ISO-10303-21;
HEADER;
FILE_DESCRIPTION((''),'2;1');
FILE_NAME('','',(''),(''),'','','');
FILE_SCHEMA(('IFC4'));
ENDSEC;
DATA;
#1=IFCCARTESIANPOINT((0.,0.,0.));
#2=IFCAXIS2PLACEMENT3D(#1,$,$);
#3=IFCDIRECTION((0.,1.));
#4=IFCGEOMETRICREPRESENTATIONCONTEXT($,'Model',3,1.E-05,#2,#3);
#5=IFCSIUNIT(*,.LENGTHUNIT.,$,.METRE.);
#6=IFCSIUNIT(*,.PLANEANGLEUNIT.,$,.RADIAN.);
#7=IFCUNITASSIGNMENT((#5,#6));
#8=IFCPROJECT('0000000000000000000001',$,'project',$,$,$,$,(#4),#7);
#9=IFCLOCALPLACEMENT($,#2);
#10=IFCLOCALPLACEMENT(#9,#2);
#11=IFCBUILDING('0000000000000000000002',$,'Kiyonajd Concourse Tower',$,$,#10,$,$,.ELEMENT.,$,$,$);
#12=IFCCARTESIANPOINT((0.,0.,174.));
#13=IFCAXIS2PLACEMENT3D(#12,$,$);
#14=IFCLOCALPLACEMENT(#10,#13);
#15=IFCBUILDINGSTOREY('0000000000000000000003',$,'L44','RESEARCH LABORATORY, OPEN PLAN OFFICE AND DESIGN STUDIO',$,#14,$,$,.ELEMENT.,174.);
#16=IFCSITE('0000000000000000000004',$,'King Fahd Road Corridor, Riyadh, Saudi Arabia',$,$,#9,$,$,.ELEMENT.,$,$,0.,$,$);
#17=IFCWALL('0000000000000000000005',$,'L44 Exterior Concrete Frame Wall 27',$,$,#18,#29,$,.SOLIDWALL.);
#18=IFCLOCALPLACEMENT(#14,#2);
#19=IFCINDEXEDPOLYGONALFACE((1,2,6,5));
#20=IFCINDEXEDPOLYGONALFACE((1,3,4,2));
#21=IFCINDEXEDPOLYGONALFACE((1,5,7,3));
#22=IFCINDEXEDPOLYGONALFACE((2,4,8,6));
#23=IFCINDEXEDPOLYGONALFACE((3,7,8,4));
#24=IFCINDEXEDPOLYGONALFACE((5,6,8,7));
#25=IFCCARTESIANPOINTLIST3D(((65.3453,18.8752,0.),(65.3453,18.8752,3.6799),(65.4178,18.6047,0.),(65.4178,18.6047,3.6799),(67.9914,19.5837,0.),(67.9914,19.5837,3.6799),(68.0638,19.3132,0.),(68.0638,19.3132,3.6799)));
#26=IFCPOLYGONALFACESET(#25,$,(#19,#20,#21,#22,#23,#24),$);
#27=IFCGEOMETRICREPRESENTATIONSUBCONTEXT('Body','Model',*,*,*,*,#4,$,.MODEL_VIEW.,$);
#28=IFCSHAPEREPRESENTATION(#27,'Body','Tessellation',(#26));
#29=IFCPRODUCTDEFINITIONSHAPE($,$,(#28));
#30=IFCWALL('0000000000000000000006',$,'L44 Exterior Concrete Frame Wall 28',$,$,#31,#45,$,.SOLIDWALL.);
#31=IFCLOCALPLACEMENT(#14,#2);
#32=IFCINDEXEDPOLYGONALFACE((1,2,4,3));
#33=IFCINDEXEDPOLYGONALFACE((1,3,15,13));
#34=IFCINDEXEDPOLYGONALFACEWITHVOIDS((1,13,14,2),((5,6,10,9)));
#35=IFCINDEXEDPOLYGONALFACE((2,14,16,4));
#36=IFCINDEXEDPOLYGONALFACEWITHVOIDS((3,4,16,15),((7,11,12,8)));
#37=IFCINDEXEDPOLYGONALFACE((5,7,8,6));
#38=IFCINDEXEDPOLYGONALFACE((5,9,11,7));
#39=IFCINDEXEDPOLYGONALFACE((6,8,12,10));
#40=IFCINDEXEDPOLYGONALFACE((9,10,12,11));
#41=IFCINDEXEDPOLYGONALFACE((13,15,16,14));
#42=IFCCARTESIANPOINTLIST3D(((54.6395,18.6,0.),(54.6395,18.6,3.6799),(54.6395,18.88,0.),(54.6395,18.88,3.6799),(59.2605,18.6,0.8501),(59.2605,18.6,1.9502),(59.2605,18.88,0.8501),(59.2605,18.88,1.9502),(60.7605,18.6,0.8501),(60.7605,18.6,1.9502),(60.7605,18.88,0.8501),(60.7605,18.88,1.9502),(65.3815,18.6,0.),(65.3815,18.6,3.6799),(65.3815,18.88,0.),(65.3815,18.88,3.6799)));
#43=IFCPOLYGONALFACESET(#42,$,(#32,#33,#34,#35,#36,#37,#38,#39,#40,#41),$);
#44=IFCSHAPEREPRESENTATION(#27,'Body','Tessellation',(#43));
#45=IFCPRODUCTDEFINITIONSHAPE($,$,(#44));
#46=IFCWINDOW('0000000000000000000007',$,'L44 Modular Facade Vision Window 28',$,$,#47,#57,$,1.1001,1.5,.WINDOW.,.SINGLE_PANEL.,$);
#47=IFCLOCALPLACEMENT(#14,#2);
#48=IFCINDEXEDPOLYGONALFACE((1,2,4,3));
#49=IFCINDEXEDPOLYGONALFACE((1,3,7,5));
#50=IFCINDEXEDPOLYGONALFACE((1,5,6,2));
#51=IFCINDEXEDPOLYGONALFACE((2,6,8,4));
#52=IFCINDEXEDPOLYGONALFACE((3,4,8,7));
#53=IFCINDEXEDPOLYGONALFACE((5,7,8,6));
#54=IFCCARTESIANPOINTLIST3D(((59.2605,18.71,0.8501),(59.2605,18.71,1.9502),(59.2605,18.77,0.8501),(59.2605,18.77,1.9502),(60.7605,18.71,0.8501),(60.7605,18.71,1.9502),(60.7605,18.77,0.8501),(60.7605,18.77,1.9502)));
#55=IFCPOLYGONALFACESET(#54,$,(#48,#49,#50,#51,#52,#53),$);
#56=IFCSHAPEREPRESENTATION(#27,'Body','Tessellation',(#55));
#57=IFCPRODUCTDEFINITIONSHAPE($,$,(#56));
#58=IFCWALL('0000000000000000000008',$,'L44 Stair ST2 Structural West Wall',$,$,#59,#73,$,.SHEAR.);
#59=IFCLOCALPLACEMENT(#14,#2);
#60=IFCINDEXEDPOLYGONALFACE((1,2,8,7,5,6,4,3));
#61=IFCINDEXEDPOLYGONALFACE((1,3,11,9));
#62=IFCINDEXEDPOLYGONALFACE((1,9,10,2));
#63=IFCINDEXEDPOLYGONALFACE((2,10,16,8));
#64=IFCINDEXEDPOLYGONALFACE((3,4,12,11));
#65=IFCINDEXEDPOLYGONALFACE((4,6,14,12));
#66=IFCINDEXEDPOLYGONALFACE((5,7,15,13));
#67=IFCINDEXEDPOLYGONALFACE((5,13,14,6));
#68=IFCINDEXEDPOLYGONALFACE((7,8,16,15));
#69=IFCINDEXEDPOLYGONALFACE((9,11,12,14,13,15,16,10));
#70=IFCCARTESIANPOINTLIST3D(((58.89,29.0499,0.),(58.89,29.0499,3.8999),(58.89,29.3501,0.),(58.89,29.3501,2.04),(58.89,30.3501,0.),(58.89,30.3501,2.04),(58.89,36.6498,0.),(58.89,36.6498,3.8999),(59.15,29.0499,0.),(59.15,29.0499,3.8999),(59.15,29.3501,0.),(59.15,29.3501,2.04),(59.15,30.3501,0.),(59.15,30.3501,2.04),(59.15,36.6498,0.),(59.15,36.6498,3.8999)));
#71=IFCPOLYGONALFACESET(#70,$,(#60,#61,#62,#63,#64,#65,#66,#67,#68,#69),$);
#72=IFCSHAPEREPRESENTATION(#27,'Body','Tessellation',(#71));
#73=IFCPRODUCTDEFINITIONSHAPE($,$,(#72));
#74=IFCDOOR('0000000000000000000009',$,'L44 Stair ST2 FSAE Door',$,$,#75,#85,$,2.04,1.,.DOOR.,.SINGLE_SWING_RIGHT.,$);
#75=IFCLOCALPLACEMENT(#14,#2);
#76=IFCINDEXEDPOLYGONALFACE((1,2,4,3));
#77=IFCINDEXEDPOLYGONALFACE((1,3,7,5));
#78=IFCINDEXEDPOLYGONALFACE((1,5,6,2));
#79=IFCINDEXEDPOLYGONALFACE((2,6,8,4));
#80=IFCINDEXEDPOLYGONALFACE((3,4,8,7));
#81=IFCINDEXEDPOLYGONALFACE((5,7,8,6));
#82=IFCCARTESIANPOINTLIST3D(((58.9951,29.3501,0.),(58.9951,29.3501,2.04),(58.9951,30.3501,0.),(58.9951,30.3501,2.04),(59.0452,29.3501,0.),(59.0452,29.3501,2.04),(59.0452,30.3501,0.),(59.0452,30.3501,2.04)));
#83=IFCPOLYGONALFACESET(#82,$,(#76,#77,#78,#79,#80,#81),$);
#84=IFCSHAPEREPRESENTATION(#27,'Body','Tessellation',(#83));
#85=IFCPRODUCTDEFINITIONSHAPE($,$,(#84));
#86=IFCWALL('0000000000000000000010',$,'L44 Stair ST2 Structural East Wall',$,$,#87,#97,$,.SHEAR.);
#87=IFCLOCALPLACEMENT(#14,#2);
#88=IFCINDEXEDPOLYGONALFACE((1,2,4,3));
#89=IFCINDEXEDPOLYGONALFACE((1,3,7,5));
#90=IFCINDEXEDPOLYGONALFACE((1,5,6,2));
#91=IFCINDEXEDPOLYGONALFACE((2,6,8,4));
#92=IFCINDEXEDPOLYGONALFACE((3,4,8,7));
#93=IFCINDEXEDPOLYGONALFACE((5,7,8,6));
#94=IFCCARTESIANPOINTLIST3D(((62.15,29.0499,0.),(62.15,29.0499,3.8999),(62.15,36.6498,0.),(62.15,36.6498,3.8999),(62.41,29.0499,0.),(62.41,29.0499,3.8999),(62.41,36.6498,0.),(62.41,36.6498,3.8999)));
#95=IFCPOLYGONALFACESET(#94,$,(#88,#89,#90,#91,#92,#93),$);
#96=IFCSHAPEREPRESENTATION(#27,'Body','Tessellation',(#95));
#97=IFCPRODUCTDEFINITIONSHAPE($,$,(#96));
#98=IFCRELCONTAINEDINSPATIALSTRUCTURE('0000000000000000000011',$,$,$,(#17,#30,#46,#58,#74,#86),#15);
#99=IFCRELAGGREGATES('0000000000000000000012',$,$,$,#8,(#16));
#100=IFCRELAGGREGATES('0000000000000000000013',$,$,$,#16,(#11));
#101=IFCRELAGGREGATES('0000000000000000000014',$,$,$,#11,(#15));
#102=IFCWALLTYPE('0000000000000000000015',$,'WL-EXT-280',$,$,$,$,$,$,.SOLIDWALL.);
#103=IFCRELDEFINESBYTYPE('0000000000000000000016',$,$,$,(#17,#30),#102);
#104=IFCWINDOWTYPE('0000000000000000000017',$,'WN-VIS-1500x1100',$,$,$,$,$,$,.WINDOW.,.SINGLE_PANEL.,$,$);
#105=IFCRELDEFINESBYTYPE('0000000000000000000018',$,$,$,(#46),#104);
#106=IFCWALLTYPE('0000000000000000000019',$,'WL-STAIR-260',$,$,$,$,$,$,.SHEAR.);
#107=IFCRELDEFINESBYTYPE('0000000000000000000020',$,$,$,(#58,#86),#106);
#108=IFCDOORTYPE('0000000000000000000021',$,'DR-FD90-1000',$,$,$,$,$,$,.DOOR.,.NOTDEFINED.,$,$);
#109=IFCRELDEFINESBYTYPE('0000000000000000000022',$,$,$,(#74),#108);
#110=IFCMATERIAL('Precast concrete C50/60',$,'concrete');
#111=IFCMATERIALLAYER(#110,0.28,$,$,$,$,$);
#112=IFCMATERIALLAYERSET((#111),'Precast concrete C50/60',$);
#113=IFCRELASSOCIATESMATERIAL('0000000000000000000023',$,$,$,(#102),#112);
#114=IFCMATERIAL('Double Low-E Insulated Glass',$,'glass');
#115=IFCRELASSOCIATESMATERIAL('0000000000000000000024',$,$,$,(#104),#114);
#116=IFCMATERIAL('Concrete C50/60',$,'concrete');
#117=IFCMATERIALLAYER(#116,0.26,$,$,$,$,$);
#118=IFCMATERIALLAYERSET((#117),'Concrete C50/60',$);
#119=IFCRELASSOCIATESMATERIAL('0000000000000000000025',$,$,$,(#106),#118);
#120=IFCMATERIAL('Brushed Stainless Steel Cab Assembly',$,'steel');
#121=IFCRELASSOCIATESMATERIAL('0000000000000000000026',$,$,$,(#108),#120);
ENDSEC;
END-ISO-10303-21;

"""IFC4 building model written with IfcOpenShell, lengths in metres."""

from ifc_helpers import new_model, si_unit, direction, frame, frame_2d, origin, place, context, subcontext, project, spatial, rectangle, extrude, material, layer, layer_set, type_object, element, fill, save


model = new_model("IFC4")

# Units and contexts
model_context = context("Model", 3, precision=1e-05, world=origin(), true_north=direction((0.0, 1.0)))
body_context = subcontext(model_context, "Body", "Model", "MODEL_VIEW")
ifc_project = project(units=[si_unit("LENGTHUNIT", "METRE"), si_unit("PLANEANGLEUNIT", "RADIAN")], contexts=[model_context])

# Site, building, storey
site_placement = place(None, origin())
site = spatial("IfcSite", under=ifc_project, at=site_placement, Name="King Fahd Road Corridor, Riyadh, Saudi Arabia", CompositionType="ELEMENT", RefElevation=0.0)
building_placement = place(site_placement, origin())
building = spatial("IfcBuilding", under=site, at=building_placement, Name="Kiyonajd Concourse Tower", CompositionType="ELEMENT")
storey_placement = place(building_placement, frame((0.0, 0.0, 174.0)))
storey = spatial("IfcBuildingStorey", under=building, at=storey_placement, Name="L44", Description="RESEARCH LABORATORY, OPEN PLAN OFFICE AND DESIGN STUDIO", CompositionType="ELEMENT", Elevation=174.0)

# Shared definitions
ifc_material_1 = material(Name="Double Low-E Insulated Glass", Category="glass")

# Wall
ifc_material_2 = material(Name="Precast concrete C50/60", Category="concrete")
ifc_layer_1 = layer(ifc_material_2, 0.28)
ifc_layer_set_1 = layer_set([ifc_layer_1], Name="Precast concrete C50/60")
wall_type_1 = type_object("IfcWallType", Name="WL-EXT-280", PredefinedType="SOLIDWALL", material=ifc_layer_set_1)
wall_1_placement = place(storey_placement, frame((68.0276, 19.4485, 0.0), z_axis=(0.0, 0.0, 1.0), x_axis=(-0.965971, -0.25865, 0.0)))
element("IfcWall", 1, at=wall_1_placement, inside=storey, type_object=wall_type_1, Name="L44 Exterior Concrete Frame Wall 27", PredefinedType="SOLIDWALL", context=body_context, shape_type="SweptSolid", body=[
    extrude(rectangle(XDim=2.7393, YDim=0.28, at=frame_2d((1.3696, 0.0))), origin(), (0.0, 0.0, 1.0), 3.6799),
])

# Wall, opening, window
wall_2_placement = place(storey_placement, frame((65.3816, 18.74, 0.0), z_axis=(0.0, 0.0, 1.0), x_axis=(-1.0, 0.0, 0.0)))
wall_2 = element("IfcWall", 2, at=wall_2_placement, inside=storey, type_object=wall_type_1, Name="L44 Exterior Concrete Frame Wall 28", PredefinedType="SOLIDWALL", context=body_context, shape_type="SweptSolid", body=[
    extrude(rectangle(XDim=10.7419, YDim=0.28, at=frame_2d((5.3711, 0.0))), origin(), (0.0, 0.0, 1.0), 3.6799),
])
opening_1_placement = place(wall_2_placement, frame((4.6211, 0.0, 0.8501)))
opening_1 = element("IfcOpeningElement", 3, at=opening_1_placement, cuts=wall_2, PredefinedType="OPENING", context=body_context, shape_type="SweptSolid", body=[
    extrude(rectangle(XDim=1.5, YDim=1.1001, at=frame_2d((0.75, 0.55))), frame((0.0, 0.1499, 0.0), z_axis=(0.0, -1.0, 0.0), x_axis=(1.0, 0.0, 0.0)), (0.0, 0.0, 1.0), 0.3),
])
window_type = type_object("IfcWindowType", Name="WN-VIS-1500x1100", PartitioningType="SINGLE_PANEL", PredefinedType="WINDOW", material=ifc_material_1)
window_placement = place(opening_1_placement, origin())
window = element("IfcWindow", 4, at=window_placement, inside=storey, type_object=window_type, Name="L44 Modular Facade Vision Window 28", OverallHeight=1.1001, OverallWidth=1.5, PartitioningType="SINGLE_PANEL", PredefinedType="WINDOW", context=body_context, shape_type="SweptSolid", body=[
    extrude(rectangle(XDim=1.5, YDim=1.1001, at=frame_2d((0.75, 0.55))), frame((0.0, 0.03, 0.0), z_axis=(0.0, -1.0, 0.0), x_axis=(1.0, 0.0, 0.0)), (0.0, 0.0, 1.0), 0.0601),
])
fill(opening_1, window)

# Wall, opening, door
ifc_material_3 = material(Name="Concrete C50/60", Category="concrete")
ifc_layer_2 = layer(ifc_material_3, 0.26)
ifc_layer_set_2 = layer_set([ifc_layer_2], Name="Concrete C50/60")
wall_type_2 = type_object("IfcWallType", Name="WL-STAIR-260", PredefinedType="SHEAR", material=ifc_layer_set_2)
wall_3_placement = place(storey_placement, frame((59.02, 29.05, 0.0), z_axis=(0.0, 0.0, 1.0), x_axis=(0.0, 1.0, 0.0)))
wall_3 = element("IfcWall", 5, at=wall_3_placement, inside=storey, type_object=wall_type_2, Name="L44 Stair ST2 Structural West Wall", PredefinedType="SHEAR", context=body_context, shape_type="SweptSolid", body=[
    extrude(rectangle(XDim=7.5999, YDim=0.26, at=frame_2d((3.7998, 0.0))), origin(), (0.0, 0.0, 1.0), 3.8999),
])
opening_2_placement = place(wall_3_placement, frame((0.3, 0.0, 0.0)))
opening_2 = element("IfcOpeningElement", 6, at=opening_2_placement, cuts=wall_3, PredefinedType="OPENING", context=body_context, shape_type="SweptSolid", body=[
    extrude(rectangle(XDim=1.0, YDim=2.04, at=frame_2d((0.5, 1.02))), frame((0.0, 0.1399, 0.0), z_axis=(0.0, -1.0, 0.0), x_axis=(1.0, 0.0, 0.0)), (0.0, 0.0, 1.0), 0.28),
])
ifc_material_4 = material(Name="Brushed Stainless Steel Cab Assembly", Category="steel")
door_type = type_object("IfcDoorType", Name="DR-FD90-1000", OperationType="NOTDEFINED", PredefinedType="DOOR", material=ifc_material_4)
door_placement = place(opening_2_placement, origin())
door = element("IfcDoor", 7, at=door_placement, inside=storey, type_object=door_type, Name="L44 Stair ST2 FSAE Door", OperationType="SINGLE_SWING_RIGHT", OverallHeight=2.04, OverallWidth=1.0, PredefinedType="DOOR", context=body_context, shape_type="SweptSolid", body=[
    extrude(rectangle(XDim=1.0, YDim=2.04, at=frame_2d((0.5, 1.02))), frame((0.0, 0.0249, 0.0), z_axis=(0.0, -1.0, 0.0), x_axis=(1.0, 0.0, 0.0)), (0.0, 0.0, 1.0), 0.05),
])
fill(opening_2, door)

# Wall
wall_4_placement = place(storey_placement, frame((62.28, 29.05, 0.0), z_axis=(0.0, 0.0, 1.0), x_axis=(0.0, 1.0, 0.0)))
element("IfcWall", 8, at=wall_4_placement, inside=storey, type_object=wall_type_2, Name="L44 Stair ST2 Structural East Wall", PredefinedType="SHEAR", context=body_context, shape_type="SweptSolid", body=[
    extrude(rectangle(XDim=7.5999, YDim=0.26, at=frame_2d((3.7998, 0.0))), origin(), (0.0, 0.0, 1.0), 3.8999),
])

save(model, "model.ifc")
